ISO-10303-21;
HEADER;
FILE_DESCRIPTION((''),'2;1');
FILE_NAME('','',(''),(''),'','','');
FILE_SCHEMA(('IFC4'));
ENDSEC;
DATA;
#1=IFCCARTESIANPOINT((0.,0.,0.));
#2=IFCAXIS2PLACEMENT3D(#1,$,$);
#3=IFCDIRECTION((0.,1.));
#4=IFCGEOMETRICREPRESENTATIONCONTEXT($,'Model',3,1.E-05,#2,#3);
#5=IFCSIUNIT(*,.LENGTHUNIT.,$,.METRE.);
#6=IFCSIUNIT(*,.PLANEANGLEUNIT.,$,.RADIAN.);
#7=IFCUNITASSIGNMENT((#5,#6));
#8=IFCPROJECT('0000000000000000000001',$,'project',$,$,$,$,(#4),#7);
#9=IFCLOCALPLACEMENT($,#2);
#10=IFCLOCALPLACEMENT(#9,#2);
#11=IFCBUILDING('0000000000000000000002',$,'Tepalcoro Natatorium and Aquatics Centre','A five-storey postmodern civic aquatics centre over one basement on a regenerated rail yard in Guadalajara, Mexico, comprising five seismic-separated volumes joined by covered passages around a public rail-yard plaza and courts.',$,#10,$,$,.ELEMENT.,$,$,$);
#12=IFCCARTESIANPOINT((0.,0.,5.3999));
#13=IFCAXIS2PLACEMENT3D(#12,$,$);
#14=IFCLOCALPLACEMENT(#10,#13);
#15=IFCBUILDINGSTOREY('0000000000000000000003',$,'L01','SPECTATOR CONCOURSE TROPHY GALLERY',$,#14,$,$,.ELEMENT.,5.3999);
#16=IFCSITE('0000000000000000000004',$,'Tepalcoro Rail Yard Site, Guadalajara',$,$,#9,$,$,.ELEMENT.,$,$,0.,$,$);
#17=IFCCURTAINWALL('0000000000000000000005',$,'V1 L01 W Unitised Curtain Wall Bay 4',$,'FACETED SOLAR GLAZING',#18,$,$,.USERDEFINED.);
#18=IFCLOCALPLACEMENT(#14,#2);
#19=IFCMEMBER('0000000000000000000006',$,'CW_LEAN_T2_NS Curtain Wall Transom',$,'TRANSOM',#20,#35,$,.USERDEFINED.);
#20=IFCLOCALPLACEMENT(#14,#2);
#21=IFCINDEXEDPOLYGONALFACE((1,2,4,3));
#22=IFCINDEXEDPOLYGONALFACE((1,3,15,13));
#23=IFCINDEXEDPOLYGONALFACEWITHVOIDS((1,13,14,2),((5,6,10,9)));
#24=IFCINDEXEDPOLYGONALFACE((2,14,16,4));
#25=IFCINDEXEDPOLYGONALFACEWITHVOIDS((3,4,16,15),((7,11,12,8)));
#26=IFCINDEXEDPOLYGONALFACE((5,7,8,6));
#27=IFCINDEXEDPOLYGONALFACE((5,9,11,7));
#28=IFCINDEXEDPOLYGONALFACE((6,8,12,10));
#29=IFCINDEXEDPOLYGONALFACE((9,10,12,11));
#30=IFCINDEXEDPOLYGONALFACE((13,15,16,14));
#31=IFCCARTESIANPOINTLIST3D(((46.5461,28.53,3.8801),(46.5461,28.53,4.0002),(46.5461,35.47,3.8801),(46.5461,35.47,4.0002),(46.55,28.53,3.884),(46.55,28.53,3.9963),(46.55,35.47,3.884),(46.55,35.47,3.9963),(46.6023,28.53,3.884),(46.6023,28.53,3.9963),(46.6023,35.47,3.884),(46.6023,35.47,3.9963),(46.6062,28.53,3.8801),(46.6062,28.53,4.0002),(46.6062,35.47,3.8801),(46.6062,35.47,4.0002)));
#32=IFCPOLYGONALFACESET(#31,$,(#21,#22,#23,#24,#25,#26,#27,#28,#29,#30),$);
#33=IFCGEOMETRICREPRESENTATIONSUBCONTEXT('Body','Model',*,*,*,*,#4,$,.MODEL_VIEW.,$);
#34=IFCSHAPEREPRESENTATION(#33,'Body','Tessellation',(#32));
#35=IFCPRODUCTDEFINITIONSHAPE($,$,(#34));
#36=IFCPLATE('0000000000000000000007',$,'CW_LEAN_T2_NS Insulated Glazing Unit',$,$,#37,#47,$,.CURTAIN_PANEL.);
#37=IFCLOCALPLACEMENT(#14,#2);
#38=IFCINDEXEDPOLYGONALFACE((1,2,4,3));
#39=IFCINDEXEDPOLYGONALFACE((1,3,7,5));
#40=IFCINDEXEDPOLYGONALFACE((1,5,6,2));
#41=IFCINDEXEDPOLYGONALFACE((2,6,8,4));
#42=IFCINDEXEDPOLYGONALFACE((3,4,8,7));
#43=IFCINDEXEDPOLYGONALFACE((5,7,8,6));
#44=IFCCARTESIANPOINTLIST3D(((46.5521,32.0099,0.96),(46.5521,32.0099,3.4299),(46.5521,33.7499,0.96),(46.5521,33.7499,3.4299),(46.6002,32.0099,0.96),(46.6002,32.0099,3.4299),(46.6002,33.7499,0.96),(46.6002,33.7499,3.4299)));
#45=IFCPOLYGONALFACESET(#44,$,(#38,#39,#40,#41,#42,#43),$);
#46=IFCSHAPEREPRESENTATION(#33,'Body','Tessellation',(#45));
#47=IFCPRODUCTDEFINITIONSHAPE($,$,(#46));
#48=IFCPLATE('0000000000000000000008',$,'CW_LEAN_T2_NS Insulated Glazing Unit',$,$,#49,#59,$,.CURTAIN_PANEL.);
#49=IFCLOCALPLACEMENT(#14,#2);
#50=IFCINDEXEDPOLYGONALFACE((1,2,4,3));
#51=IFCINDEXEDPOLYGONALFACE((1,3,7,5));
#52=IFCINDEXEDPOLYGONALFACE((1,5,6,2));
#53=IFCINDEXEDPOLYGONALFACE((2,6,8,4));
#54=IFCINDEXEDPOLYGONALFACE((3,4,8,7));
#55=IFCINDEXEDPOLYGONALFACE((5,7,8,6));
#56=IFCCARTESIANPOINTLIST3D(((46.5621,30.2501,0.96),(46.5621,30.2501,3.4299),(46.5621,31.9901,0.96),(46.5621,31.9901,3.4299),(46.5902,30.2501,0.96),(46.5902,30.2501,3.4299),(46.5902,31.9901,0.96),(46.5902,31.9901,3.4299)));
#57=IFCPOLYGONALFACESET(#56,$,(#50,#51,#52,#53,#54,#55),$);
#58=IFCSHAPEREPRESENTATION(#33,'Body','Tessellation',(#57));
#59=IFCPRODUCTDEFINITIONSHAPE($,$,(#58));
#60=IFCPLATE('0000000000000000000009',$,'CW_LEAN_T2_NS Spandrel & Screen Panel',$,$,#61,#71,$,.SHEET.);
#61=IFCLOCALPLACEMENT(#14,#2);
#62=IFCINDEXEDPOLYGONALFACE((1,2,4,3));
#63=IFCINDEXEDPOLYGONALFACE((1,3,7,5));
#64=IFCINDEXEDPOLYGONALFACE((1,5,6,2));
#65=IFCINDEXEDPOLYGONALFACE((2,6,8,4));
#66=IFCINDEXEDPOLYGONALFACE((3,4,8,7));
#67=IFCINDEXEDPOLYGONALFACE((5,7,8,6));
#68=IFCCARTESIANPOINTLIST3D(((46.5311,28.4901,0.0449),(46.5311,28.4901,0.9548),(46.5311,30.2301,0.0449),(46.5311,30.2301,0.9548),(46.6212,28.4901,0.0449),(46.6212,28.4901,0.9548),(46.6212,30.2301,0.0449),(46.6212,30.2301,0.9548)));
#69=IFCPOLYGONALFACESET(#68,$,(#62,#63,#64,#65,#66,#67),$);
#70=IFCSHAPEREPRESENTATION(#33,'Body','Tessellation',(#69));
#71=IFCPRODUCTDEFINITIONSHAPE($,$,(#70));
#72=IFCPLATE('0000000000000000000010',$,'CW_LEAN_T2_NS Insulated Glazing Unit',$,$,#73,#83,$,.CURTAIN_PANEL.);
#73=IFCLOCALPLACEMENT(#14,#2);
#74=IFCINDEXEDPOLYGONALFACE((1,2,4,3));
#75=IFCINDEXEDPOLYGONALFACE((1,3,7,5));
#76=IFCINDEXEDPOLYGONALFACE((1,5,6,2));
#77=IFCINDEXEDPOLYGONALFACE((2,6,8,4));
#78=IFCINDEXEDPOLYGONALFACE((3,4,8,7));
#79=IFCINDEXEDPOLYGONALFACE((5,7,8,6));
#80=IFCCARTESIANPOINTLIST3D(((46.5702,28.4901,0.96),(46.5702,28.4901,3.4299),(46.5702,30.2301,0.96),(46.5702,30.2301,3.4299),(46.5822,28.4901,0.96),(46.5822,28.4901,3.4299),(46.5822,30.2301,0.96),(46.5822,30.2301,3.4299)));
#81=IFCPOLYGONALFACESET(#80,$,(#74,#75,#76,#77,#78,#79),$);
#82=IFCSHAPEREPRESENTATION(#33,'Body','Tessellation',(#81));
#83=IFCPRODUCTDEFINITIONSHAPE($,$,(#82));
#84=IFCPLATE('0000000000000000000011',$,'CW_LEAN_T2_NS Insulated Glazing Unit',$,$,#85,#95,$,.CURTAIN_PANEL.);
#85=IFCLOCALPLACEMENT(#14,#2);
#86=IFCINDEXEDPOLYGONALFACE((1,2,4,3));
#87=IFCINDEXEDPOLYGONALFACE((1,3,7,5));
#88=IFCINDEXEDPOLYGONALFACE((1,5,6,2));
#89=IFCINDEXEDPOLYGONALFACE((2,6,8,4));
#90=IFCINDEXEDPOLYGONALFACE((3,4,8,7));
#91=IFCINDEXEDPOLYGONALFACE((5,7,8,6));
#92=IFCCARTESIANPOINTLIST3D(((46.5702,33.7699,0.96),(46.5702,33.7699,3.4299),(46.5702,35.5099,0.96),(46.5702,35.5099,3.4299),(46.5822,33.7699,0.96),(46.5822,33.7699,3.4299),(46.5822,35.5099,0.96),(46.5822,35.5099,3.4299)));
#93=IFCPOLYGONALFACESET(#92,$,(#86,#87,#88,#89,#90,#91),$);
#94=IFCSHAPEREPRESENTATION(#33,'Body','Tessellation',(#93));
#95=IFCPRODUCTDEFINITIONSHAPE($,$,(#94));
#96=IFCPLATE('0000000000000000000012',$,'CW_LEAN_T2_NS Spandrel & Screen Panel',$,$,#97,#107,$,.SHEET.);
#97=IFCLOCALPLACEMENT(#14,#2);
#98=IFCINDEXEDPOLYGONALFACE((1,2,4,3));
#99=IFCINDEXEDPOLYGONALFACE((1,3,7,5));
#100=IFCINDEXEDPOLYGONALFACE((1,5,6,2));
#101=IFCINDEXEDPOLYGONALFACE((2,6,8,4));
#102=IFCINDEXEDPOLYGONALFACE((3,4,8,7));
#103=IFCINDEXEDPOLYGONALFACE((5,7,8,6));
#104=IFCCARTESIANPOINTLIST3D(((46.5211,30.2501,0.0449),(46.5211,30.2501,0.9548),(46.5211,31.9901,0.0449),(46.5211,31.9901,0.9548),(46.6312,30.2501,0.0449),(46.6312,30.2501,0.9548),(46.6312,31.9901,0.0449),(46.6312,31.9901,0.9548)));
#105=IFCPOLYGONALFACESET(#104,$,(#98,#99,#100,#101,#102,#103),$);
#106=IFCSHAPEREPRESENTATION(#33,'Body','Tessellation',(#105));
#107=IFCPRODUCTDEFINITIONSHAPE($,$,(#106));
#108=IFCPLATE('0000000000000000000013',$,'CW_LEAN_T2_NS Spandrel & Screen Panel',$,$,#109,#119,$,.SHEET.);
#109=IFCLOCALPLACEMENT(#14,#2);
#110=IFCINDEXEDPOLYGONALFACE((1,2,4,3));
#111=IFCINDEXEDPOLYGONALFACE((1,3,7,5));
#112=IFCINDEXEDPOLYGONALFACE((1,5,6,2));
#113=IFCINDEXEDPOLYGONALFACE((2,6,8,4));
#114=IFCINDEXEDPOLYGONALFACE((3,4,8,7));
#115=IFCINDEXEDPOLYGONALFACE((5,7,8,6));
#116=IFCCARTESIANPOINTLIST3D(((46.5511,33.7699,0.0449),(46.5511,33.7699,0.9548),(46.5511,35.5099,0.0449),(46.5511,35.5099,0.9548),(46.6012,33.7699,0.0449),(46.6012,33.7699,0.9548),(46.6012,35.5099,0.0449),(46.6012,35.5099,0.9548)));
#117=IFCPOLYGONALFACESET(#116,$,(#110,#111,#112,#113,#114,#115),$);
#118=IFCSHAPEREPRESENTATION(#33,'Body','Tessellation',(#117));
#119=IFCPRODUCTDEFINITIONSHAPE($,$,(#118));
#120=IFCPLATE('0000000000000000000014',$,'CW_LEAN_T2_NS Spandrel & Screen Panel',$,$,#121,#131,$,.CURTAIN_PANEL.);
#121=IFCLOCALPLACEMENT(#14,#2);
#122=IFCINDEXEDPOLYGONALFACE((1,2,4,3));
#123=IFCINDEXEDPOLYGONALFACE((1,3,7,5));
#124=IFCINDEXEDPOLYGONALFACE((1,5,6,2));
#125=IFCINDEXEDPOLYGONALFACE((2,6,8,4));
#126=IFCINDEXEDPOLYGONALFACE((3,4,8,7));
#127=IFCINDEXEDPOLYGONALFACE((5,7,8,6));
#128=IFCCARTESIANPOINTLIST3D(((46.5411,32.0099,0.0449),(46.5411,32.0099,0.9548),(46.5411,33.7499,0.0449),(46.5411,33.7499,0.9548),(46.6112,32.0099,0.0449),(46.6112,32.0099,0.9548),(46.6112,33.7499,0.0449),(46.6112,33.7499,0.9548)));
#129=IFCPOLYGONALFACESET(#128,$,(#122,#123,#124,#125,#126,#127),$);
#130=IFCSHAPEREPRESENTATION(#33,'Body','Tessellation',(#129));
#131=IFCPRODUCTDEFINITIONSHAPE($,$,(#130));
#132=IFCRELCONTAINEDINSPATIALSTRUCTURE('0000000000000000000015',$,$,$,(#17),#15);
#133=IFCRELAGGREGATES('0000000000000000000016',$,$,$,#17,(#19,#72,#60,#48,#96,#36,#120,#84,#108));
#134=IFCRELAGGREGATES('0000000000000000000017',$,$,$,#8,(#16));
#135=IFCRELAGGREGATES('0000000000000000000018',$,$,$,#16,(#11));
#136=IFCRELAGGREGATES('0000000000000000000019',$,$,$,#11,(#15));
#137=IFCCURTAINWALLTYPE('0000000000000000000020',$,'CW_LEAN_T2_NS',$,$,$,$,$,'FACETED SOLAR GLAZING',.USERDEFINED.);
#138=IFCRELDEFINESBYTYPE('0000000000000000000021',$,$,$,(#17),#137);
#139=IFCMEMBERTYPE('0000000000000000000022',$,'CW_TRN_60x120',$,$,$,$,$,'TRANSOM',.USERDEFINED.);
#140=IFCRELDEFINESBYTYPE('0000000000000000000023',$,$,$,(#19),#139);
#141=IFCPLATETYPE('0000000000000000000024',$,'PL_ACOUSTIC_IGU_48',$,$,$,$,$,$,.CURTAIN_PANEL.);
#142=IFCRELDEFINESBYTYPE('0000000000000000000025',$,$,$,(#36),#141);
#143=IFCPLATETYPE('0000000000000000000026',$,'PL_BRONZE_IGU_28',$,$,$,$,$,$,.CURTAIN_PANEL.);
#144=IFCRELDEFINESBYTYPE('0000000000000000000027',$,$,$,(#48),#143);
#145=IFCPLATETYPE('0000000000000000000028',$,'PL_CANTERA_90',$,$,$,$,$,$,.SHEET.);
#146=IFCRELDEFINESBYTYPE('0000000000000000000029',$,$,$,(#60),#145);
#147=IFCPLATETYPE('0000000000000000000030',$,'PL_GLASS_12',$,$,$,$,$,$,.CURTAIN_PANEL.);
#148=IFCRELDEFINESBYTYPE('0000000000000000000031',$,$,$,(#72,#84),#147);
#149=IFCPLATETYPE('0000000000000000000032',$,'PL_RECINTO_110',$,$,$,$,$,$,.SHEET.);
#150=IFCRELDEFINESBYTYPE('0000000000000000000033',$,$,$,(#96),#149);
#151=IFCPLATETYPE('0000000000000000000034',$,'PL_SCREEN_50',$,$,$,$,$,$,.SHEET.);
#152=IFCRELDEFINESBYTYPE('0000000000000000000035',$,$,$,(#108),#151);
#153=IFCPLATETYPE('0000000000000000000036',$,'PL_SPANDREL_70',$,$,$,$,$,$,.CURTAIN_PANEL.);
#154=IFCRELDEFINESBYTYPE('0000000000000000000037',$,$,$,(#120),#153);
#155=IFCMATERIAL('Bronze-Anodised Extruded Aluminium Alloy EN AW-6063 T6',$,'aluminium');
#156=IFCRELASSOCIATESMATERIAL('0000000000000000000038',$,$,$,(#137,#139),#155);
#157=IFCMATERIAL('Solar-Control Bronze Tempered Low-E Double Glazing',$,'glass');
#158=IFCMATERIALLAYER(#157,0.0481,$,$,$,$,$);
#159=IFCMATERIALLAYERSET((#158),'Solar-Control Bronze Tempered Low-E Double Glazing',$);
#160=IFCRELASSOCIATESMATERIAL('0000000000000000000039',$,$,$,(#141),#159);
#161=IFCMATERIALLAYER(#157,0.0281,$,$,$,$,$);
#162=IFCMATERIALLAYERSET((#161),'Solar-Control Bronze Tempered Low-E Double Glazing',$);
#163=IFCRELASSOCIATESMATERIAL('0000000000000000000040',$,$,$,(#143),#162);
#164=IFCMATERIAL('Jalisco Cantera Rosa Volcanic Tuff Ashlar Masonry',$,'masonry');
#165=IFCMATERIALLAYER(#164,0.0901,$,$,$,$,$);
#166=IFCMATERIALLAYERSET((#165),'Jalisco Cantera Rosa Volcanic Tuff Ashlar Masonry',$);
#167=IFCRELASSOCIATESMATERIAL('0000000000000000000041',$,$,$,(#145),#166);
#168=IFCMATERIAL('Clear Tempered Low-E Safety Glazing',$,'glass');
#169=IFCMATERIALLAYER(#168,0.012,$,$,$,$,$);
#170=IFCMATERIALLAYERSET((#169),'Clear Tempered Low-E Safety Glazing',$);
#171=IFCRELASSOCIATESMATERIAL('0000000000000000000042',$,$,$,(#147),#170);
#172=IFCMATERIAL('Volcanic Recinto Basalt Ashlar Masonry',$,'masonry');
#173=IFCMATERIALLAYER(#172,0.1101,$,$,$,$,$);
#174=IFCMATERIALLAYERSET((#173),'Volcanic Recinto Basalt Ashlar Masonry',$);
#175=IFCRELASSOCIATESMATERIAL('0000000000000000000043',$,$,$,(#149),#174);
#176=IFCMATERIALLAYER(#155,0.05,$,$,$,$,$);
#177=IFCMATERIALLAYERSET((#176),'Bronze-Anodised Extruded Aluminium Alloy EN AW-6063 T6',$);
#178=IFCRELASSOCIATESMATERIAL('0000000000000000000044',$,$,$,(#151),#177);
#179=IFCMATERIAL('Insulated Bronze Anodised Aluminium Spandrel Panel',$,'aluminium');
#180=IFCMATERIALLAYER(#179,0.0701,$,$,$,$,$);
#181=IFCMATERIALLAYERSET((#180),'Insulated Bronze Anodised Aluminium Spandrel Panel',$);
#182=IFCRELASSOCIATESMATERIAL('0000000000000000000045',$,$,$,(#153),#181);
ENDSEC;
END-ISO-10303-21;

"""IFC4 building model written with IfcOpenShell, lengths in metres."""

from ifc_helpers import new_model, si_unit, direction, frame, origin, origin_2d, place, context, subcontext, project, spatial, rectangle, hollow_rectangle, extrude, material, layer, layer_set, material_profile, profile_set, type_object, element, aggregate, save


model = new_model("IFC4")

# Units and contexts
model_context = context("Model", 3, precision=1e-05, world=origin(), true_north=direction((0.0, 1.0)))
body_context = subcontext(model_context, "Body", "Model", "MODEL_VIEW")
ifc_project = project(units=[si_unit("LENGTHUNIT", "METRE"), si_unit("PLANEANGLEUNIT", "RADIAN")], contexts=[model_context])

# Site, building, storey
site_placement = place(None, origin())
site = spatial("IfcSite", under=ifc_project, at=site_placement, Name="Tepalcoro Rail Yard Site, Guadalajara", CompositionType="ELEMENT", RefElevation=0.0)
building_placement = place(site_placement, origin())
building = spatial("IfcBuilding", under=site, at=building_placement, Name="Tepalcoro Natatorium and Aquatics Centre", Description="A five-storey postmodern civic aquatics centre over one basement on a regenerated rail yard in Guadalajara, Mexico, comprising five seismic-separated volumes joined by covered passages around a public rail-yard plaza and courts.", CompositionType="ELEMENT")
storey_placement = place(building_placement, frame((0.0, 0.0, 5.3999)))
storey = spatial("IfcBuildingStorey", under=building, at=storey_placement, Name="L01", Description="SPECTATOR CONCOURSE TROPHY GALLERY", CompositionType="ELEMENT", Elevation=5.3999)

# Curtain wall, member, plates
ifc_material_1 = material(Name="Bronze-Anodised Extruded Aluminium Alloy EN AW-6063 T6", Category="aluminium")
curtain_wall_type = type_object("IfcCurtainWallType", Name="CW_LEAN_T2_NS", ElementType="FACETED SOLAR GLAZING", PredefinedType="USERDEFINED", material=ifc_material_1)
curtain_wall_placement = place(storey_placement, origin())
curtain_wall = element("IfcCurtainWall", 1, at=curtain_wall_placement, inside=storey, type_object=curtain_wall_type, Name="V1 L01 W Unitised Curtain Wall Bay 4", ObjectType="FACETED SOLAR GLAZING", PredefinedType="USERDEFINED")
ifc_material_profile_1 = material_profile(ifc_material_1, hollow_rectangle(XDim=0.0601, YDim=0.1201, WallThickness=0.0039, at=origin_2d()), Name="AL60X120X4")
ifc_profile_set_1 = profile_set([ifc_material_profile_1], Name="Bronze-Anodised Extruded Aluminium Alloy EN AW-6063 T6")
member_type_1 = type_object("IfcMemberType", Name="CW_TRN_60x120", ElementType="TRANSOM", PredefinedType="USERDEFINED", material=ifc_profile_set_1)
member_1_placement = place(storey_placement, frame((46.5762, 28.53, 3.9402), z_axis=(0.0, 1.0, 0.0), x_axis=(-1.0, 0.0, 0.0)))
member_1 = element("IfcMember", 2, at=member_1_placement, type_object=member_type_1, Name="CW_LEAN_T2_NS Curtain Wall Transom", ObjectType="TRANSOM", PredefinedType="USERDEFINED", context=body_context, shape_type="SweptSolid", body=[
    extrude(hollow_rectangle(XDim=0.0601, YDim=0.1201, WallThickness=0.0039, at=origin_2d()), origin(), (0.0, 0.0, 1.0), 6.9399),
])
ifc_material_2 = material(Name="Solar-Control Bronze Tempered Low-E Double Glazing", Category="glass")
ifc_layer_1 = layer(ifc_material_2, 0.0481)
ifc_layer_set_1 = layer_set([ifc_layer_1], Name="Solar-Control Bronze Tempered Low-E Double Glazing")
plate_type_1 = type_object("IfcPlateType", Name="PL_ACOUSTIC_IGU_48", PredefinedType="CURTAIN_PANEL", material=ifc_layer_set_1)
plate_1_placement = place(storey_placement, frame((46.5762, 32.8799, 0.96), z_axis=(0.0, 0.0, 1.0), x_axis=(1.0, 0.0, 0.0)))
plate_1 = element("IfcPlate", 3, at=plate_1_placement, type_object=plate_type_1, Name="CW_LEAN_T2_NS Insulated Glazing Unit", PredefinedType="CURTAIN_PANEL", context=body_context, shape_type="SweptSolid", body=[
    extrude(rectangle(XDim=0.0481, YDim=1.74, at=origin_2d()), origin(), (0.0, 0.0, 1.0), 2.47),
])
ifc_layer_2 = layer(ifc_material_2, 0.0281)
ifc_layer_set_2 = layer_set([ifc_layer_2], Name="Solar-Control Bronze Tempered Low-E Double Glazing")
plate_type_2 = type_object("IfcPlateType", Name="PL_BRONZE_IGU_28", PredefinedType="CURTAIN_PANEL", material=ifc_layer_set_2)
plate_2_placement = place(storey_placement, frame((46.5762, 31.1201, 0.96), z_axis=(0.0, 0.0, 1.0), x_axis=(1.0, 0.0, 0.0)))
plate_2 = element("IfcPlate", 4, at=plate_2_placement, type_object=plate_type_2, Name="CW_LEAN_T2_NS Insulated Glazing Unit", PredefinedType="CURTAIN_PANEL", context=body_context, shape_type="SweptSolid", body=[
    extrude(rectangle(XDim=0.0281, YDim=1.74, at=origin_2d()), origin(), (0.0, 0.0, 1.0), 2.47),
])
ifc_material_3 = material(Name="Jalisco Cantera Rosa Volcanic Tuff Ashlar Masonry", Category="masonry")
ifc_layer_3 = layer(ifc_material_3, 0.0901)
ifc_layer_set_3 = layer_set([ifc_layer_3], Name="Jalisco Cantera Rosa Volcanic Tuff Ashlar Masonry")
plate_type_3 = type_object("IfcPlateType", Name="PL_CANTERA_90", PredefinedType="SHEET", material=ifc_layer_set_3)
plate_3_placement = place(storey_placement, frame((46.5762, 29.3601, 0.0449), z_axis=(0.0, 0.0, 1.0), x_axis=(1.0, 0.0, 0.0)))
plate_3 = element("IfcPlate", 5, at=plate_3_placement, type_object=plate_type_3, Name="CW_LEAN_T2_NS Spandrel & Screen Panel", PredefinedType="SHEET", context=body_context, shape_type="SweptSolid", body=[
    extrude(rectangle(XDim=0.0901, YDim=1.74, at=origin_2d()), origin(), (0.0, 0.0, 1.0), 0.9099),
])
ifc_material_4 = material(Name="Clear Tempered Low-E Safety Glazing", Category="glass")
ifc_layer_4 = layer(ifc_material_4, 0.012)
ifc_layer_set_4 = layer_set([ifc_layer_4], Name="Clear Tempered Low-E Safety Glazing")
plate_type_4 = type_object("IfcPlateType", Name="PL_GLASS_12", PredefinedType="CURTAIN_PANEL", material=ifc_layer_set_4)
plate_4_placement = place(storey_placement, frame((46.5762, 29.3601, 0.96), z_axis=(0.0, 0.0, 1.0), x_axis=(1.0, 0.0, 0.0)))
plate_4 = element("IfcPlate", 6, at=plate_4_placement, type_object=plate_type_4, Name="CW_LEAN_T2_NS Insulated Glazing Unit", PredefinedType="CURTAIN_PANEL", context=body_context, shape_type="SweptSolid", body=[
    extrude(rectangle(XDim=0.012, YDim=1.74, at=origin_2d()), origin(), (0.0, 0.0, 1.0), 2.47),
])
plate_5_placement = place(storey_placement, frame((46.5762, 34.6399, 0.96), z_axis=(0.0, 0.0, 1.0), x_axis=(1.0, 0.0, 0.0)))
plate_5 = element("IfcPlate", 7, at=plate_5_placement, type_object=plate_type_4, Name="CW_LEAN_T2_NS Insulated Glazing Unit", PredefinedType="CURTAIN_PANEL", context=body_context, shape_type="SweptSolid", body=[
    extrude(rectangle(XDim=0.012, YDim=1.74, at=origin_2d()), origin(), (0.0, 0.0, 1.0), 2.47),
])
ifc_material_5 = material(Name="Volcanic Recinto Basalt Ashlar Masonry", Category="masonry")
ifc_layer_5 = layer(ifc_material_5, 0.1101)
ifc_layer_set_5 = layer_set([ifc_layer_5], Name="Volcanic Recinto Basalt Ashlar Masonry")
plate_type_5 = type_object("IfcPlateType", Name="PL_RECINTO_110", PredefinedType="SHEET", material=ifc_layer_set_5)
plate_6_placement = place(storey_placement, frame((46.5762, 31.1201, 0.0449), z_axis=(0.0, 0.0, 1.0), x_axis=(1.0, 0.0, 0.0)))
plate_6 = element("IfcPlate", 8, at=plate_6_placement, type_object=plate_type_5, Name="CW_LEAN_T2_NS Spandrel & Screen Panel", PredefinedType="SHEET", context=body_context, shape_type="SweptSolid", body=[
    extrude(rectangle(XDim=0.1101, YDim=1.74, at=origin_2d()), origin(), (0.0, 0.0, 1.0), 0.9099),
])
ifc_layer_6 = layer(ifc_material_1, 0.05)
ifc_layer_set_6 = layer_set([ifc_layer_6], Name="Bronze-Anodised Extruded Aluminium Alloy EN AW-6063 T6")
plate_type_6 = type_object("IfcPlateType", Name="PL_SCREEN_50", PredefinedType="SHEET", material=ifc_layer_set_6)
plate_7_placement = place(storey_placement, frame((46.5762, 34.6399, 0.0449), z_axis=(0.0, 0.0, 1.0), x_axis=(1.0, 0.0, 0.0)))
plate_7 = element("IfcPlate", 9, at=plate_7_placement, type_object=plate_type_6, Name="CW_LEAN_T2_NS Spandrel & Screen Panel", PredefinedType="SHEET", context=body_context, shape_type="SweptSolid", body=[
    extrude(rectangle(XDim=0.05, YDim=1.74, at=origin_2d()), origin(), (0.0, 0.0, 1.0), 0.9099),
])
ifc_material_6 = material(Name="Insulated Bronze Anodised Aluminium Spandrel Panel", Category="aluminium")
ifc_layer_7 = layer(ifc_material_6, 0.0701)
ifc_layer_set_7 = layer_set([ifc_layer_7], Name="Insulated Bronze Anodised Aluminium Spandrel Panel")
plate_type_7 = type_object("IfcPlateType", Name="PL_SPANDREL_70", PredefinedType="CURTAIN_PANEL", material=ifc_layer_set_7)
plate_8_placement = place(storey_placement, frame((46.5762, 32.8799, 0.0449), z_axis=(0.0, 0.0, 1.0), x_axis=(1.0, 0.0, 0.0)))
plate_8 = element("IfcPlate", 10, at=plate_8_placement, type_object=plate_type_7, Name="CW_LEAN_T2_NS Spandrel & Screen Panel", PredefinedType="CURTAIN_PANEL", context=body_context, shape_type="SweptSolid", body=[
    extrude(rectangle(XDim=0.0701, YDim=1.74, at=origin_2d()), origin(), (0.0, 0.0, 1.0), 0.9099),
])
aggregate(curtain_wall, [member_1, plate_4, plate_3, plate_2, plate_6, plate_1, plate_8, plate_5, plate_7])

save(model, "model.ifc")
